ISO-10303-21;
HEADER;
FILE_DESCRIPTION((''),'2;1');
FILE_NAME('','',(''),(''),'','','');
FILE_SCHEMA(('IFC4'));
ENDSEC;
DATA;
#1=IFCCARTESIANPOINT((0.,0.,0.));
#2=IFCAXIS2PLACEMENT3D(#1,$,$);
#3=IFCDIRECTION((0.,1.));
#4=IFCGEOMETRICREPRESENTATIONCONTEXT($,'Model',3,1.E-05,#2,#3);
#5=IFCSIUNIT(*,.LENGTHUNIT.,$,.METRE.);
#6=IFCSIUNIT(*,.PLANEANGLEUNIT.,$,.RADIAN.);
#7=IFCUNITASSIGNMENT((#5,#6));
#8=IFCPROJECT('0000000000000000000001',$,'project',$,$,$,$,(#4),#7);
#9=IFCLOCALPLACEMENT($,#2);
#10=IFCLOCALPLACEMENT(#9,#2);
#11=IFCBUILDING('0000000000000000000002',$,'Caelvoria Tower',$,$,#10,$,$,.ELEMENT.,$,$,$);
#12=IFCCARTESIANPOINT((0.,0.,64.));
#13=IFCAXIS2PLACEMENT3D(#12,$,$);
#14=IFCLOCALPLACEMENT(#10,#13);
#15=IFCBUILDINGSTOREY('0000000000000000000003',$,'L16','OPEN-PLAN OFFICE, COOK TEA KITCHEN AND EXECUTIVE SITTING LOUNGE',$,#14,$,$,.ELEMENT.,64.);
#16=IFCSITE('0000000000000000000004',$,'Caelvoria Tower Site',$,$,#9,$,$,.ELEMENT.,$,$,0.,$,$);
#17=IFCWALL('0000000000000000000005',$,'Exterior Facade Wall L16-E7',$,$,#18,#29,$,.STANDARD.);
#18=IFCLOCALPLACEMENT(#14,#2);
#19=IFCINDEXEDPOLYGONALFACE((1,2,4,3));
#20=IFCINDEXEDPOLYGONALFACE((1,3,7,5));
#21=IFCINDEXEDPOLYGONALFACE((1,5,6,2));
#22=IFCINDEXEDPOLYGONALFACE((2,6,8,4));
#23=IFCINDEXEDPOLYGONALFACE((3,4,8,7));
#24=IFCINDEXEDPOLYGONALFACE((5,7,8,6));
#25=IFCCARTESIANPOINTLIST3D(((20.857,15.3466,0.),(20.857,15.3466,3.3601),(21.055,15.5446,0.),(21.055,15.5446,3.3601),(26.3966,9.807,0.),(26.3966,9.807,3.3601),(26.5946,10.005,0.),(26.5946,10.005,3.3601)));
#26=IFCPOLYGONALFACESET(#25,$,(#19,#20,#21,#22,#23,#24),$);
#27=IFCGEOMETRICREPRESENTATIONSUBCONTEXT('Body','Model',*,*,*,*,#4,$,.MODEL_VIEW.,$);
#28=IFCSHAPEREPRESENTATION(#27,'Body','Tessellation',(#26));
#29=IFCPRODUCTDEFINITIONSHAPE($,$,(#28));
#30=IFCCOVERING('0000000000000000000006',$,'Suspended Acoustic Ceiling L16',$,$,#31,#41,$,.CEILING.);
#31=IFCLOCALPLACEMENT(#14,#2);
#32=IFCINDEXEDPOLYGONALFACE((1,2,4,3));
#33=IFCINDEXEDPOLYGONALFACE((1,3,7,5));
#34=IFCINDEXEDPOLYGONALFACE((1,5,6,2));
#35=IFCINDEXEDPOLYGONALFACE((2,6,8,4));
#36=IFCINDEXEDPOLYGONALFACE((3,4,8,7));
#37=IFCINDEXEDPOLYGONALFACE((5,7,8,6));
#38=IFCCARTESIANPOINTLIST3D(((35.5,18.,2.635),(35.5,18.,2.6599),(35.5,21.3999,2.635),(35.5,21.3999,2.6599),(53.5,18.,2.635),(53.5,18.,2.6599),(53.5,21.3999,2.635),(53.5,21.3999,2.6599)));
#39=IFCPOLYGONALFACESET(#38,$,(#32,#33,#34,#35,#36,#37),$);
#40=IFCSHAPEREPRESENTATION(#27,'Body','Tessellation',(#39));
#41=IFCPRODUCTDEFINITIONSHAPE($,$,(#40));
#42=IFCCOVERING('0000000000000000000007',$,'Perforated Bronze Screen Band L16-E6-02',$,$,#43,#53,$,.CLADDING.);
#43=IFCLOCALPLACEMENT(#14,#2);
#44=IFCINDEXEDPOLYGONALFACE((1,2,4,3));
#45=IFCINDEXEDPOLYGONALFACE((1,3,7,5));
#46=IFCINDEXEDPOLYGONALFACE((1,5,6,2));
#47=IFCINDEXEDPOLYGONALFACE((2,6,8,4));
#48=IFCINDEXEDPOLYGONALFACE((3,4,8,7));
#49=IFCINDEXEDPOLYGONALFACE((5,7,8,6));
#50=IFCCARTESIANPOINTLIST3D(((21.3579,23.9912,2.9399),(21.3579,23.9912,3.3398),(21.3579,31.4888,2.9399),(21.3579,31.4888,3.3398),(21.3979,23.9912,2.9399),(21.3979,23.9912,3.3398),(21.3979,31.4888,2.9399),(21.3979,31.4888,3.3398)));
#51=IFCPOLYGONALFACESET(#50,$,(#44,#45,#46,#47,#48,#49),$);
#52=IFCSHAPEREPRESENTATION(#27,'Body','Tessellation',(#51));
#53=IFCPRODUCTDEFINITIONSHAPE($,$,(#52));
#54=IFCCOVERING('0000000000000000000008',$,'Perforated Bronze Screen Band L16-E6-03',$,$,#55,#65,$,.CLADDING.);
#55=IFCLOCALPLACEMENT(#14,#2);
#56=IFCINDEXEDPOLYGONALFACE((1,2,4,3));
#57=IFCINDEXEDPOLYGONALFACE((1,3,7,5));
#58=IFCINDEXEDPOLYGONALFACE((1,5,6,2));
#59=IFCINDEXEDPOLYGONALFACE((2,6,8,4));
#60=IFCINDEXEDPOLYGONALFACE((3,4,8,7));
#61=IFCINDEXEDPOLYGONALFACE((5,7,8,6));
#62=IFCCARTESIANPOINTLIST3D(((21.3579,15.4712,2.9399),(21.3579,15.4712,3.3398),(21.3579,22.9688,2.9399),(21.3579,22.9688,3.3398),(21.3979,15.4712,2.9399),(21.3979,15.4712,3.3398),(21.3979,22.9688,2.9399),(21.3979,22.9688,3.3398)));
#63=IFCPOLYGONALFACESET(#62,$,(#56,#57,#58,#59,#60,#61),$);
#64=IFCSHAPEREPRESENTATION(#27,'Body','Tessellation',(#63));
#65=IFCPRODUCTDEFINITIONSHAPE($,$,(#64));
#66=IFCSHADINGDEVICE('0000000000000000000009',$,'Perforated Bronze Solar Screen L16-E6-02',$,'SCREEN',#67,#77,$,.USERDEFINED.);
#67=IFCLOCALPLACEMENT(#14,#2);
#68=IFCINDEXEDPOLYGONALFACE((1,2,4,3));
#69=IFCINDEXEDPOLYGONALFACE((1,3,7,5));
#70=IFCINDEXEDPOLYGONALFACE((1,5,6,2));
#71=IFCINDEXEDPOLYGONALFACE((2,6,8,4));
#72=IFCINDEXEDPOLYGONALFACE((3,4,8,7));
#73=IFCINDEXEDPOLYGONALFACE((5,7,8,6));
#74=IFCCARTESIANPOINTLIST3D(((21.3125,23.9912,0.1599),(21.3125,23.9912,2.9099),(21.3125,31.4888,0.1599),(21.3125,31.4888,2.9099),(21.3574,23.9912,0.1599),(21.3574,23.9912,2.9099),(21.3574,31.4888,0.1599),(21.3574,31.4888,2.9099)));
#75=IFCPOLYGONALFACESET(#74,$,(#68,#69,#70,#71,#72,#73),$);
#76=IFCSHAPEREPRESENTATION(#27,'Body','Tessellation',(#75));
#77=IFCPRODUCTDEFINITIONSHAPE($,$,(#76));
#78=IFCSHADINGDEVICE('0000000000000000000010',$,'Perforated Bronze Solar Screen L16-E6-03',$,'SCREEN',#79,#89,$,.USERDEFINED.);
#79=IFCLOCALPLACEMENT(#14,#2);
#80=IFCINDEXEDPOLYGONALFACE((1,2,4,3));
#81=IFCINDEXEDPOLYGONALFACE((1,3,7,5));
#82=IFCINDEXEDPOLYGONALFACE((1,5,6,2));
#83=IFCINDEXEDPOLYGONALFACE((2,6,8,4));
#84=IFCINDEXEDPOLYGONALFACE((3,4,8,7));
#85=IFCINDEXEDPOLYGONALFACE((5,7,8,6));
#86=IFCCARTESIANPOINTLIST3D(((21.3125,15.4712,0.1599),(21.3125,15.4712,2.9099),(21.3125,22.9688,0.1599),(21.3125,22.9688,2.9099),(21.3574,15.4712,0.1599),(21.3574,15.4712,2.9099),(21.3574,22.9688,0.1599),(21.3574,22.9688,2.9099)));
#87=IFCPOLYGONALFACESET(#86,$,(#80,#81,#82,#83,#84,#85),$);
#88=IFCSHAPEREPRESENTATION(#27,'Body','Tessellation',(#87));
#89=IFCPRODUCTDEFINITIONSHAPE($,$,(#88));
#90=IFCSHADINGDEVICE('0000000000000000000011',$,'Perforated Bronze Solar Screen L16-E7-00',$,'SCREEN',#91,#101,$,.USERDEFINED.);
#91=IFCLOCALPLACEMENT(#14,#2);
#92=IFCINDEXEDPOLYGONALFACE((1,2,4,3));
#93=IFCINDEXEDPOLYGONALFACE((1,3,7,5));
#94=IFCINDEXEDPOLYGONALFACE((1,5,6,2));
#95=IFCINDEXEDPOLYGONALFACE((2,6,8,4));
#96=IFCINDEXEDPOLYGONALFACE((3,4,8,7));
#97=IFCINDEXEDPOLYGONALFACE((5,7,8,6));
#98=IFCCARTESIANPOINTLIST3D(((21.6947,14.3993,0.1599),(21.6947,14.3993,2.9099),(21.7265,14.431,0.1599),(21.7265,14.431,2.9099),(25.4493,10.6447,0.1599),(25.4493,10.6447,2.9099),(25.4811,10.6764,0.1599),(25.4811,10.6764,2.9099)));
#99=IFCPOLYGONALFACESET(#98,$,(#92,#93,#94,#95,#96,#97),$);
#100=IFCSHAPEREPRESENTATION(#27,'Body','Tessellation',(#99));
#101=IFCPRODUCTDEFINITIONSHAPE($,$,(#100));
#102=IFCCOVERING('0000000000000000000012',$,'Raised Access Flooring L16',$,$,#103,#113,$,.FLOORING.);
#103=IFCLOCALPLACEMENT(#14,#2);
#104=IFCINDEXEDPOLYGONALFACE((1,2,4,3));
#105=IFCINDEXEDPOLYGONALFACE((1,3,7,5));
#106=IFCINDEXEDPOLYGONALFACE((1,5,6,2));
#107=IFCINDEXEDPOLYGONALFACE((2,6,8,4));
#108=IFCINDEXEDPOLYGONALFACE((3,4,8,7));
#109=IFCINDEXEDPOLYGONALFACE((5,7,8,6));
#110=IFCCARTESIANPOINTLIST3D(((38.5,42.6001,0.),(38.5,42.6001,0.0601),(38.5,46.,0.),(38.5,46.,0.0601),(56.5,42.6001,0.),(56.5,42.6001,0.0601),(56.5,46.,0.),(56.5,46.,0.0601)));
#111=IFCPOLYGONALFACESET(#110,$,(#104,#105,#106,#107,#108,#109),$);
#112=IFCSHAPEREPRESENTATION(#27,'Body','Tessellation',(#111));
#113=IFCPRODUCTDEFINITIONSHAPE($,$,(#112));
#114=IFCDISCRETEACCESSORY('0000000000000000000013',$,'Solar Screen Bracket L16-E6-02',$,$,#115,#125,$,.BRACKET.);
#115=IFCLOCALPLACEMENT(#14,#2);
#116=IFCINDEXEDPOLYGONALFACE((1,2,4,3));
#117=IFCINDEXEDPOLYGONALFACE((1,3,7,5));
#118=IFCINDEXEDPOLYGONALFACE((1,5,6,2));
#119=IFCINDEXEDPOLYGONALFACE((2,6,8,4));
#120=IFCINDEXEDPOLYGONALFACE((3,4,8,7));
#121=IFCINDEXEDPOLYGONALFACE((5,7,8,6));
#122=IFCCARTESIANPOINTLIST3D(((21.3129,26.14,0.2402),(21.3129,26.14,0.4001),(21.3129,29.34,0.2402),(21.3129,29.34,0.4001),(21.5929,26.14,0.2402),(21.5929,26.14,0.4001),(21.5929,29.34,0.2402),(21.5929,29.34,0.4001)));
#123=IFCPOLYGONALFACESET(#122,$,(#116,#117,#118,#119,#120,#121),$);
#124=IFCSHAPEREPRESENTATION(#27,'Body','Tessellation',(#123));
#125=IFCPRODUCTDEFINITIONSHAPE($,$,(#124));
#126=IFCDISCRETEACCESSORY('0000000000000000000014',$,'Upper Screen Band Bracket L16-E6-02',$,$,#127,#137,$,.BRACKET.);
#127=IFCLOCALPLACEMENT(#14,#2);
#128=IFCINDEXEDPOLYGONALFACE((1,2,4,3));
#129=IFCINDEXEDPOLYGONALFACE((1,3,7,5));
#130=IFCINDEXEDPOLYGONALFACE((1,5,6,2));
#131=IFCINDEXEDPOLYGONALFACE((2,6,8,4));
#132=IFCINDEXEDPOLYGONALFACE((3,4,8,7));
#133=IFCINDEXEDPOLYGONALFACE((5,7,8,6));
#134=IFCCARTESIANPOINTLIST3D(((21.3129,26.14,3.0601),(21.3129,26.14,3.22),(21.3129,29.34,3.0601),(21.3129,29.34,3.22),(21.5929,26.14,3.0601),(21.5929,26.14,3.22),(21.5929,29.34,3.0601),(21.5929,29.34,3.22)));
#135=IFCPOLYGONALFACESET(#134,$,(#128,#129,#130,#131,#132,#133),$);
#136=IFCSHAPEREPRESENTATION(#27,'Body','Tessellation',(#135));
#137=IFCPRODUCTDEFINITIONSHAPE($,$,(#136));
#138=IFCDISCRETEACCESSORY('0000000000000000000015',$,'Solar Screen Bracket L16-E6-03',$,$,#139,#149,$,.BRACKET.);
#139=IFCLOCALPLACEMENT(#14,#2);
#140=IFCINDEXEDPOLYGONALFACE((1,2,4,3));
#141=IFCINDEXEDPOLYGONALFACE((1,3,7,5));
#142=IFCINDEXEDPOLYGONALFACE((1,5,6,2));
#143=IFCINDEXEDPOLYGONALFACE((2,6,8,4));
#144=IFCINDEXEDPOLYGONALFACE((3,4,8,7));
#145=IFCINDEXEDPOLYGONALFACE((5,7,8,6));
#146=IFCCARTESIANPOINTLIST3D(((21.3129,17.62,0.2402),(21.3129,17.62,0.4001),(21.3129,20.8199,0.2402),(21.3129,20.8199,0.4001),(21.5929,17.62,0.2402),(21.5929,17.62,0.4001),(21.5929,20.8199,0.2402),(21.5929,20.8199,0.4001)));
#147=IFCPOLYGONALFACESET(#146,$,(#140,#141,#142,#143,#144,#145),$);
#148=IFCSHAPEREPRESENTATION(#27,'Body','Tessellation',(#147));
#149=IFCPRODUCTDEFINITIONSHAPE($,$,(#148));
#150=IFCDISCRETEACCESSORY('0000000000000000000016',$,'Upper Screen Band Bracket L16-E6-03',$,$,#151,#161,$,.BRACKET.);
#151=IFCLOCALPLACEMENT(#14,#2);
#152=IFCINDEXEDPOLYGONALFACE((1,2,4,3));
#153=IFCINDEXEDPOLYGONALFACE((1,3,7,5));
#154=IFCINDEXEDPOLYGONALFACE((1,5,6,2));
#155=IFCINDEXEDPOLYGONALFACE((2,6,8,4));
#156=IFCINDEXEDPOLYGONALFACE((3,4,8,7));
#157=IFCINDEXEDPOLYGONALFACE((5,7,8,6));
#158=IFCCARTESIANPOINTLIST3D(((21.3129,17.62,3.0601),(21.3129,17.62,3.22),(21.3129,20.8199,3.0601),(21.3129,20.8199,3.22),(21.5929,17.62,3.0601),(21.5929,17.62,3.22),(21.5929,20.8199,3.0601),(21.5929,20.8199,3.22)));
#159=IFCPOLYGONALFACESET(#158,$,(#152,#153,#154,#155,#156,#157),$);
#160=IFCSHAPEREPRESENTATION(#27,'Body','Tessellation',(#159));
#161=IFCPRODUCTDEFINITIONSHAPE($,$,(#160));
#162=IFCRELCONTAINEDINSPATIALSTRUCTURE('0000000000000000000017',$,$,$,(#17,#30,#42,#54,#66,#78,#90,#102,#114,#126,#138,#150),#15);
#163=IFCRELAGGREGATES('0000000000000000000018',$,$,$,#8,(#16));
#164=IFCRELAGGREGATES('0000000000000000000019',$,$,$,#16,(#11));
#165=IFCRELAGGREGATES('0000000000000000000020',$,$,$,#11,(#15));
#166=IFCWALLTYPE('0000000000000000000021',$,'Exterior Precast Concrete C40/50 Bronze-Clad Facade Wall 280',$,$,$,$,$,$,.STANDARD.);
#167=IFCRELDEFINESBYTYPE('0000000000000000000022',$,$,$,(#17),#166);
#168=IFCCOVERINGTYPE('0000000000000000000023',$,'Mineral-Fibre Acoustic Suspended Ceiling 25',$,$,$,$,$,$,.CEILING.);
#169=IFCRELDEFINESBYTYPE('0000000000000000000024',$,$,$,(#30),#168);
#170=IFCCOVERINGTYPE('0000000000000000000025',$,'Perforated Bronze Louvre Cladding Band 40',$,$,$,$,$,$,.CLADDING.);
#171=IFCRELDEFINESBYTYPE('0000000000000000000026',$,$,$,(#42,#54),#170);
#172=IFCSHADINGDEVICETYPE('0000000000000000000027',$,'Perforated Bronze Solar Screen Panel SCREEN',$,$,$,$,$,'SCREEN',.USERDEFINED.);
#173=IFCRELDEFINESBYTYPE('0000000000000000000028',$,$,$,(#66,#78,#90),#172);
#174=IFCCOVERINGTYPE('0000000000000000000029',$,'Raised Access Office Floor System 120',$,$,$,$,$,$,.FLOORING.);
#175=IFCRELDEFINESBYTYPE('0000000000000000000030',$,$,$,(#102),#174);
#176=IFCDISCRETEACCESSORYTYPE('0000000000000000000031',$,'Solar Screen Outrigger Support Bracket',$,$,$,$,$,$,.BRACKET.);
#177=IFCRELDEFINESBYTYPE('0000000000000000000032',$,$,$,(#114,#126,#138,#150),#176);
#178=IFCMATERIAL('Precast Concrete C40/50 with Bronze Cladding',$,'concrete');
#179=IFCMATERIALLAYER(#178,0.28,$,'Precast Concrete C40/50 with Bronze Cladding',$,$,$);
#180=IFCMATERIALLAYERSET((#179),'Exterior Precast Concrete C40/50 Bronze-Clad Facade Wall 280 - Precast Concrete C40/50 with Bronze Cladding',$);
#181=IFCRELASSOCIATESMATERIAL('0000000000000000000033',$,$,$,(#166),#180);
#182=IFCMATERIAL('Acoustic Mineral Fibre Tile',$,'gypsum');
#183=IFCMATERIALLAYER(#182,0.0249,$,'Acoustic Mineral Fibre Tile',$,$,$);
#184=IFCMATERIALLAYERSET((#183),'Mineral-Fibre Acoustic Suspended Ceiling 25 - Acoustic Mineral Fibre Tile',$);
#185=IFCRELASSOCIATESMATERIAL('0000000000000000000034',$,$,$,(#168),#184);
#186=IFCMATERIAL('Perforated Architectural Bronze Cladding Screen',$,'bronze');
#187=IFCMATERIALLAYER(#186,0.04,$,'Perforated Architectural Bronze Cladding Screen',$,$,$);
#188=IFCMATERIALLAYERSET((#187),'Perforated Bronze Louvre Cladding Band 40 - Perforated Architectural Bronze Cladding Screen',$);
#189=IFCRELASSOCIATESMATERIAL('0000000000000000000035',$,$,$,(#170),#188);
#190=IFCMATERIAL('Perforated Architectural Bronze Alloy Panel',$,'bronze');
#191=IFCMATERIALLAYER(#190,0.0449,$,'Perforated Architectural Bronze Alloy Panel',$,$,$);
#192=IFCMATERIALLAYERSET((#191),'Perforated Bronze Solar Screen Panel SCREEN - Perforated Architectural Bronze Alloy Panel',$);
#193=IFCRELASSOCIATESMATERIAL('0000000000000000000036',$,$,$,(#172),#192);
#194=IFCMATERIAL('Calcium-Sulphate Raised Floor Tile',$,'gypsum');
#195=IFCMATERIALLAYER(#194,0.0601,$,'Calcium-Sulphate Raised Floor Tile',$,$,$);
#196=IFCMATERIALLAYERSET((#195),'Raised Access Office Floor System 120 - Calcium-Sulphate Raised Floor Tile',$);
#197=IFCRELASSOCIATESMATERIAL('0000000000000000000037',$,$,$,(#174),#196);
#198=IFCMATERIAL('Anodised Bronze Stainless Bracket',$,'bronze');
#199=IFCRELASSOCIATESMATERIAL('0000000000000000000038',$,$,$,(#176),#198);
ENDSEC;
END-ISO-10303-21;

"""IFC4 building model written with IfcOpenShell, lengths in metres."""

from ifc_helpers import new_model, si_unit, direction, frame, frame_2d, origin, origin_2d, place, context, subcontext, project, spatial, polyline, rectangle, outline, extrude, material, layer, layer_set, type_object, element, save


model = new_model("IFC4")

# Units and contexts
model_context = context("Model", 3, precision=1e-05, world=origin(), true_north=direction((0.0, 1.0)))
body_context = subcontext(model_context, "Body", "Model", "MODEL_VIEW")
ifc_project = project(units=[si_unit("LENGTHUNIT", "METRE"), si_unit("PLANEANGLEUNIT", "RADIAN")], contexts=[model_context])

# Site, building, storey
site_placement = place(None, origin())
site = spatial("IfcSite", under=ifc_project, at=site_placement, Name="Caelvoria Tower Site", CompositionType="ELEMENT", RefElevation=0.0)
building_placement = place(site_placement, origin())
building = spatial("IfcBuilding", under=site, at=building_placement, Name="Caelvoria Tower", CompositionType="ELEMENT")
storey_placement = place(building_placement, frame((0.0, 0.0, 64.0)))
storey = spatial("IfcBuildingStorey", under=building, at=storey_placement, Name="L16", Description="OPEN-PLAN OFFICE, COOK TEA KITCHEN AND EXECUTIVE SITTING LOUNGE", CompositionType="ELEMENT", Elevation=64.0)

# Wall
ifc_material_1 = material(Name="Precast Concrete C40/50 with Bronze Cladding", Category="concrete")
ifc_layer_1 = layer(ifc_material_1, 0.28, Name="Precast Concrete C40/50 with Bronze Cladding")
ifc_layer_set_1 = layer_set([ifc_layer_1], Name="Exterior Precast Concrete C40/50 Bronze-Clad Facade Wall 280 - Precast Concrete C40/50 with Bronze Cladding")
wall_type_1 = type_object("IfcWallType", Name="Exterior Precast Concrete C40/50 Bronze-Clad Facade Wall 280", PredefinedType="STANDARD", material=ifc_layer_set_1)
wall_1_placement = place(storey_placement, frame((20.9561, 15.4456, 0.0), z_axis=(0.0, 0.0, 1.0), x_axis=(0.707107, -0.707107, 0.0)))
element("IfcWall", 1, at=wall_1_placement, inside=storey, type_object=wall_type_1, Name="Exterior Facade Wall L16-E7", PredefinedType="STANDARD", context=body_context, shape_type="SweptSolid", body=[
    extrude(rectangle(XDim=7.8342, YDim=0.28, at=frame_2d((3.917, 0.0))), origin(), (0.0, 0.0, 1.0), 3.3601),
])

# Coverings
ifc_material_2 = material(Name="Acoustic Mineral Fibre Tile", Category="gypsum")
ifc_layer_2 = layer(ifc_material_2, 0.0249, Name="Acoustic Mineral Fibre Tile")
ifc_layer_set_2 = layer_set([ifc_layer_2], Name="Mineral-Fibre Acoustic Suspended Ceiling 25 - Acoustic Mineral Fibre Tile")
covering_type_1 = type_object("IfcCoveringType", Name="Mineral-Fibre Acoustic Suspended Ceiling 25", PredefinedType="CEILING", material=ifc_layer_set_2)
covering_1_placement = place(storey_placement, frame((0.0, 0.0, 2.635)))
element("IfcCovering", 2, at=covering_1_placement, inside=storey, type_object=covering_type_1, Name="Suspended Acoustic Ceiling L16", PredefinedType="CEILING", context=body_context, shape_type="SweptSolid", body=[
    extrude(outline(polyline([(35.5, 18.0), (53.5, 18.0), (53.5, 21.3999), (35.5, 21.3999), (35.5, 18.0)])), origin(), (0.0, 0.0, 1.0), 0.0249),
])
ifc_material_3 = material(Name="Perforated Architectural Bronze Cladding Screen", Category="bronze")
ifc_layer_3 = layer(ifc_material_3, 0.04, Name="Perforated Architectural Bronze Cladding Screen")
ifc_layer_set_3 = layer_set([ifc_layer_3], Name="Perforated Bronze Louvre Cladding Band 40 - Perforated Architectural Bronze Cladding Screen")
covering_type_2 = type_object("IfcCoveringType", Name="Perforated Bronze Louvre Cladding Band 40", PredefinedType="CLADDING", material=ifc_layer_set_3)
for number, where, z_axis, x_axis, name in (
    (3, (21.3779, 27.74, 2.9399), (0.0, 0.0, 1.0), (0.0, -1.0, 0.0), "Perforated Bronze Screen Band L16-E6-02"),
    (4, (21.3779, 19.22, 2.9399), (0.0, 0.0, 1.0), (0.0, -1.0, 0.0), "Perforated Bronze Screen Band L16-E6-03"),
):
    element("IfcCovering", number, at=place(storey_placement, frame(where, z_axis=z_axis, x_axis=x_axis)), inside=storey, type_object=covering_type_2, Name=name, PredefinedType="CLADDING", context=body_context, shape_type="SweptSolid", body=[
        extrude(rectangle(XDim=7.4976, YDim=0.04, at=origin_2d()), origin(), (0.0, 0.0, 1.0), 0.3999),
    ])

# Shading devices
ifc_material_4 = material(Name="Perforated Architectural Bronze Alloy Panel", Category="bronze")
ifc_layer_4 = layer(ifc_material_4, 0.0449, Name="Perforated Architectural Bronze Alloy Panel")
ifc_layer_set_4 = layer_set([ifc_layer_4], Name="Perforated Bronze Solar Screen Panel SCREEN - Perforated Architectural Bronze Alloy Panel")
shading_device_type = type_object("IfcShadingDeviceType", Name="Perforated Bronze Solar Screen Panel SCREEN", ElementType="SCREEN", PredefinedType="USERDEFINED", material=ifc_layer_set_4)
for number, where, z_axis, x_axis, name in (
    (5, (21.335, 27.74, 0.1599), (0.0, 0.0, 1.0), (0.0, -1.0, 0.0), "Perforated Bronze Solar Screen L16-E6-02"),
    (6, (21.335, 19.22, 0.1599), (0.0, 0.0, 1.0), (0.0, -1.0, 0.0), "Perforated Bronze Solar Screen L16-E6-03"),
):
    element("IfcShadingDevice", number, at=place(storey_placement, frame(where, z_axis=z_axis, x_axis=x_axis)), inside=storey, type_object=shading_device_type, Name=name, ObjectType="SCREEN", PredefinedType="USERDEFINED", context=body_context, shape_type="SweptSolid", body=[
        extrude(rectangle(XDim=7.4976, YDim=0.0449, at=origin_2d()), origin(), (0.0, 0.0, 1.0), 2.75),
    ])
shading_device_placement = place(storey_placement, frame((23.5879, 12.5378, 0.1599), z_axis=(0.0, 0.0, 1.0), x_axis=(0.707107, -0.707107, 0.0)))
element("IfcShadingDevice", 7, at=shading_device_placement, inside=storey, type_object=shading_device_type, Name="Perforated Bronze Solar Screen L16-E7-00", ObjectType="SCREEN", PredefinedType="USERDEFINED", context=body_context, shape_type="SweptSolid", body=[
    extrude(rectangle(XDim=5.3098, YDim=0.0449, at=origin_2d()), origin(), (0.0, 0.0, 1.0), 2.75),
])

# Covering
ifc_material_5 = material(Name="Calcium-Sulphate Raised Floor Tile", Category="gypsum")
ifc_layer_5 = layer(ifc_material_5, 0.0601, Name="Calcium-Sulphate Raised Floor Tile")
ifc_layer_set_5 = layer_set([ifc_layer_5], Name="Raised Access Office Floor System 120 - Calcium-Sulphate Raised Floor Tile")
covering_type_3 = type_object("IfcCoveringType", Name="Raised Access Office Floor System 120", PredefinedType="FLOORING", material=ifc_layer_set_5)
covering_2_placement = place(storey_placement, origin())
element("IfcCovering", 8, at=covering_2_placement, inside=storey, type_object=covering_type_3, Name="Raised Access Flooring L16", PredefinedType="FLOORING", context=body_context, shape_type="SweptSolid", body=[
    extrude(outline(polyline([(38.5, 42.6001), (56.5, 42.6001), (56.5, 46.0), (38.5, 46.0), (38.5, 42.6001)])), origin(), (0.0, 0.0, 1.0), 0.0601),
])

# Discrete accessories
ifc_material_6 = material(Name="Anodised Bronze Stainless Bracket", Category="bronze")
discrete_accessory_type = type_object("IfcDiscreteAccessoryType", Name="Solar Screen Outrigger Support Bracket", PredefinedType="BRACKET", material=ifc_material_6)
for number, where, z_axis, x_axis, name in (
    (9, (21.4529, 27.74, 0.2402), (0.0, 0.0, 1.0), (0.0, -1.0, 0.0), "Solar Screen Bracket L16-E6-02"),
    (10, (21.4529, 27.74, 3.0601), (0.0, 0.0, 1.0), (0.0, -1.0, 0.0), "Upper Screen Band Bracket L16-E6-02"),
    (11, (21.4529, 19.22, 0.2402), (0.0, 0.0, 1.0), (0.0, -1.0, 0.0), "Solar Screen Bracket L16-E6-03"),
    (12, (21.4529, 19.22, 3.0601), (0.0, 0.0, 1.0), (0.0, -1.0, 0.0), "Upper Screen Band Bracket L16-E6-03"),
):
    element("IfcDiscreteAccessory", number, at=place(storey_placement, frame(where, z_axis=z_axis, x_axis=x_axis)), inside=storey, type_object=discrete_accessory_type, Name=name, PredefinedType="BRACKET", context=body_context, shape_type="SweptSolid", body=[
        extrude(rectangle(XDim=3.2, YDim=0.28, at=origin_2d()), origin(), (0.0, 0.0, 1.0), 0.1599),
    ])

save(model, "model.ifc")
